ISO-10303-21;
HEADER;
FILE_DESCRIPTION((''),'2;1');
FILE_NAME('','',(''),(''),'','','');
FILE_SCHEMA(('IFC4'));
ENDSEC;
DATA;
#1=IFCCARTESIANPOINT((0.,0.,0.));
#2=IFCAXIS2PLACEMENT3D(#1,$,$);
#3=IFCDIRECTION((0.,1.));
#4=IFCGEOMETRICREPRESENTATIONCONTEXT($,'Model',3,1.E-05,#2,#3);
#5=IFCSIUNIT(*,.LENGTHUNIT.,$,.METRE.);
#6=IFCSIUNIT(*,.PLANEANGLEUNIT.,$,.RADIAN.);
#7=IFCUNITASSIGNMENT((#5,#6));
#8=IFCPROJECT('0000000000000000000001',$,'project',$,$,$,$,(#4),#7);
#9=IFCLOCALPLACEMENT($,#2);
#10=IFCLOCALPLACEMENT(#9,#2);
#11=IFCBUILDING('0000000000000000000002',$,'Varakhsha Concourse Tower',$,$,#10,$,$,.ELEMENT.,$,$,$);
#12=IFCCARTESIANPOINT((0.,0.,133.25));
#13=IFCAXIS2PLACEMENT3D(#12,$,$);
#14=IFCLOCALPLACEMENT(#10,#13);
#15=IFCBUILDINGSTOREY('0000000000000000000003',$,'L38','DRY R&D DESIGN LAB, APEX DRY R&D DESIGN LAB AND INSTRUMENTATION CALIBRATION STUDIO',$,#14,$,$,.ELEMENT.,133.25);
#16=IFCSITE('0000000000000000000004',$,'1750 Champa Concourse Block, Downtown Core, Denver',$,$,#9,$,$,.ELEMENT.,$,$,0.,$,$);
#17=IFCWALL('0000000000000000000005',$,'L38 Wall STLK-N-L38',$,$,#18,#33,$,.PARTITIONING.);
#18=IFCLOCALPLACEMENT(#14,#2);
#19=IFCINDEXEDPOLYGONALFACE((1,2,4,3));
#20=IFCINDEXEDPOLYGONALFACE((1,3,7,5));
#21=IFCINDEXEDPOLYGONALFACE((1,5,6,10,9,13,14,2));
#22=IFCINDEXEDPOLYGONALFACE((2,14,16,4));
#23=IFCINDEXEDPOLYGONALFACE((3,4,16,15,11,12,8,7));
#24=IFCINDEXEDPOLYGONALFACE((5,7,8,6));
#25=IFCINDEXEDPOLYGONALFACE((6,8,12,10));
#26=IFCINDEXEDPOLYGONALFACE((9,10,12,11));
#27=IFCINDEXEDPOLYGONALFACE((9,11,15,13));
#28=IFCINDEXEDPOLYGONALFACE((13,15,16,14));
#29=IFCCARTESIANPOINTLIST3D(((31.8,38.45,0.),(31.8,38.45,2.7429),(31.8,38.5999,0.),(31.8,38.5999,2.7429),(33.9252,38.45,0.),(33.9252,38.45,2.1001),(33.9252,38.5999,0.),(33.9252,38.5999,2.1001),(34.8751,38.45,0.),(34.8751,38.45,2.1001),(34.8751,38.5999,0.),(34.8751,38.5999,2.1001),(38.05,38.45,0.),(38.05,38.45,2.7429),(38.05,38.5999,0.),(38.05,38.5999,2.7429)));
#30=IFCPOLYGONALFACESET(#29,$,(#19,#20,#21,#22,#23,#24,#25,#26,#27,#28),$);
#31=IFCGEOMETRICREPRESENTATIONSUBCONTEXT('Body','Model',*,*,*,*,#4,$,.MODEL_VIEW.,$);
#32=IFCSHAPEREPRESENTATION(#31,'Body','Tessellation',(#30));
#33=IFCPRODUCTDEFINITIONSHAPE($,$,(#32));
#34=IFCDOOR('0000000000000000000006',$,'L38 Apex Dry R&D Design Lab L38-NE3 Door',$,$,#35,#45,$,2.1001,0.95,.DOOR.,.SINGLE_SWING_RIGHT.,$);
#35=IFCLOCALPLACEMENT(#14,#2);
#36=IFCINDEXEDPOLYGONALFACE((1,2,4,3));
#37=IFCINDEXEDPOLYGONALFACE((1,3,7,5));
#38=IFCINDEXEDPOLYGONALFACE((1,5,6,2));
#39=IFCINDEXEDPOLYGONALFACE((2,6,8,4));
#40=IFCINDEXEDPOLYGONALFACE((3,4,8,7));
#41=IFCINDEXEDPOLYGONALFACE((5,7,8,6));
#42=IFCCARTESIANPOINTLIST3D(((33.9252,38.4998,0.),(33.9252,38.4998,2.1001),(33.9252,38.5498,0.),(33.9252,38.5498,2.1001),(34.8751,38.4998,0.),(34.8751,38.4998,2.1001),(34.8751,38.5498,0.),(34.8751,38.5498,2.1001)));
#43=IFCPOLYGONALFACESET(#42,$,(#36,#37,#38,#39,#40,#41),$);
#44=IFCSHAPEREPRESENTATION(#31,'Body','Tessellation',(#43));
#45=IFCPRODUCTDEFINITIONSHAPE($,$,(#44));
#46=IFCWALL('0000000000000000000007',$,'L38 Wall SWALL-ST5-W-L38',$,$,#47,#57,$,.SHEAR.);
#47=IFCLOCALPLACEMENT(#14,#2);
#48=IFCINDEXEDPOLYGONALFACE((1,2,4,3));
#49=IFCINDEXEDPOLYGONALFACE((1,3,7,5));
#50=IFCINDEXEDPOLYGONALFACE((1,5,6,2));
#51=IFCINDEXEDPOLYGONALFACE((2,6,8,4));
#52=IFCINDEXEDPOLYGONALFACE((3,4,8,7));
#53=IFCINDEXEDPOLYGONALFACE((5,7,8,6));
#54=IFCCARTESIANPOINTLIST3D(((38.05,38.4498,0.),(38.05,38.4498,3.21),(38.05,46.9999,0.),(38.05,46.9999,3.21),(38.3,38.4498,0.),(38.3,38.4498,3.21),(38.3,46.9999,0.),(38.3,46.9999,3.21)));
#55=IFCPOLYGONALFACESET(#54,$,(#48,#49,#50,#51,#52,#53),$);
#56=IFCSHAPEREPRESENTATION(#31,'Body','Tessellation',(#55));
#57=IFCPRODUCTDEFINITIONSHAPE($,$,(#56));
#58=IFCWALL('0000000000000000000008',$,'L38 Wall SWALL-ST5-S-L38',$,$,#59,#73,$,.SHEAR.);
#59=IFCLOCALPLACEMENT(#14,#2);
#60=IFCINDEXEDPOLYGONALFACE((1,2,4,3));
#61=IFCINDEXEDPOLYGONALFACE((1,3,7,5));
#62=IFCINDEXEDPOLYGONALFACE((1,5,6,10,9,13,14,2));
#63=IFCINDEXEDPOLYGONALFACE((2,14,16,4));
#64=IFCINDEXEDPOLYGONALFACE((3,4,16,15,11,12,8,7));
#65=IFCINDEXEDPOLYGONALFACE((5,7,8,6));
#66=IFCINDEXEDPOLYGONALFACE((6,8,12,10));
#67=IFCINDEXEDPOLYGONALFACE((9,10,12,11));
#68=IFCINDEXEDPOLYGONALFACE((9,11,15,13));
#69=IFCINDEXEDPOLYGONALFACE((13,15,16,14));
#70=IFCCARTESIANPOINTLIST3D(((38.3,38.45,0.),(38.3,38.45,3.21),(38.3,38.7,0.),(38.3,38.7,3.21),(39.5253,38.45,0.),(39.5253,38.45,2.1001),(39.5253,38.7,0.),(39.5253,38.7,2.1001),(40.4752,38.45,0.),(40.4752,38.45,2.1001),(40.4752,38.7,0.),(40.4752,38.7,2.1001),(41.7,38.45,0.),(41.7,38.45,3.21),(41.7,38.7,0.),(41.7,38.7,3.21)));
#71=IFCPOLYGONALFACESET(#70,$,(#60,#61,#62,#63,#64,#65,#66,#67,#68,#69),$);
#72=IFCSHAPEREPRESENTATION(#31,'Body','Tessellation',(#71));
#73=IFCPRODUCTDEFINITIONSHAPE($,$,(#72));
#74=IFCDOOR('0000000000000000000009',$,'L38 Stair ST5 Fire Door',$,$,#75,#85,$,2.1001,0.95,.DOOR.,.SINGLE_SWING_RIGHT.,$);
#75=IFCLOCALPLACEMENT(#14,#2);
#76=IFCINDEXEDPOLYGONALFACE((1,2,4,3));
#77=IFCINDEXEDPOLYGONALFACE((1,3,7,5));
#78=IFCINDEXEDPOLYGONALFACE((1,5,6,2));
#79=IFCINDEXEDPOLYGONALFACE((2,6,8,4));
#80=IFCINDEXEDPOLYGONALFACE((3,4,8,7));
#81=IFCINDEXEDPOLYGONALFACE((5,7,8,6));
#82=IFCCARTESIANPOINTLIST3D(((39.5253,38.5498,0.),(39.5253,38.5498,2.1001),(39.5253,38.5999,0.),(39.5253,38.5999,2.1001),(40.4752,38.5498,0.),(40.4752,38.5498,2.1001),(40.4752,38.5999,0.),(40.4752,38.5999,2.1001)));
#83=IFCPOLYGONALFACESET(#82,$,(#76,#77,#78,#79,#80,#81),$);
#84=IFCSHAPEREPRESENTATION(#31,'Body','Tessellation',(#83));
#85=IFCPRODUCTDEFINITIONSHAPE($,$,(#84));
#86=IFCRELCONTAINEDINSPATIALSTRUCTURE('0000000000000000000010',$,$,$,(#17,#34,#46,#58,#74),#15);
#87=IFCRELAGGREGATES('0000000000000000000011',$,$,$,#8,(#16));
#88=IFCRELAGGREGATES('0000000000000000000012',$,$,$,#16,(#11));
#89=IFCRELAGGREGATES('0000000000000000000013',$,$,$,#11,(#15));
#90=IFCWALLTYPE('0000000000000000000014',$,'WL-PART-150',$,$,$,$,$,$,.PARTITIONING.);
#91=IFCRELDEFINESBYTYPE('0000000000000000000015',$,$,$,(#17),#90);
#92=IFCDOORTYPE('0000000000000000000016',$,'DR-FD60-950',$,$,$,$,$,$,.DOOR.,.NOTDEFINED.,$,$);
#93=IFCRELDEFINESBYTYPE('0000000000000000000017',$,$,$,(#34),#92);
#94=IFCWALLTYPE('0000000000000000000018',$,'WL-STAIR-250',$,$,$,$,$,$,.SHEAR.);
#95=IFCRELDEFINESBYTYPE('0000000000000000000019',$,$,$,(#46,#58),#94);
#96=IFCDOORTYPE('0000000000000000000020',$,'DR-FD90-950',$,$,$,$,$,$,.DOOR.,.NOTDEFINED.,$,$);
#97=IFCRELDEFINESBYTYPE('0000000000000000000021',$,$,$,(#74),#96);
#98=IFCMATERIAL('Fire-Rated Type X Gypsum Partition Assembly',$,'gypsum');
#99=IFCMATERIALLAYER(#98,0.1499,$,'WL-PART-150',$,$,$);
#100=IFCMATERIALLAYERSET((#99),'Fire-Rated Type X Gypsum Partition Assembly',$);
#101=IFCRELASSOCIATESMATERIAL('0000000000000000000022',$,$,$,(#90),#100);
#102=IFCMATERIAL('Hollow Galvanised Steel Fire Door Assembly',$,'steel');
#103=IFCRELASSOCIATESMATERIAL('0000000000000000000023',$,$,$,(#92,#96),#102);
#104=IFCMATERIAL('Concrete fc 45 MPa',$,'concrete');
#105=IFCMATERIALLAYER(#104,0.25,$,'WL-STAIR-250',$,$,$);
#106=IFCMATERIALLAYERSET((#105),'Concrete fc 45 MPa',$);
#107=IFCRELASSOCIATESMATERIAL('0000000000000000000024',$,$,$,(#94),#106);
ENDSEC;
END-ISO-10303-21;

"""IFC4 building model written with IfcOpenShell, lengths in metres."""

from ifc_helpers import new_model, si_unit, direction, frame, frame_2d, origin, place, context, subcontext, project, spatial, rectangle, extrude, material, layer, layer_set, type_object, element, fill, save


model = new_model("IFC4")

# Units and contexts
model_context = context("Model", 3, precision=1e-05, world=origin(), true_north=direction((0.0, 1.0)))
body_context = subcontext(model_context, "Body", "Model", "MODEL_VIEW")
ifc_project = project(units=[si_unit("LENGTHUNIT", "METRE"), si_unit("PLANEANGLEUNIT", "RADIAN")], contexts=[model_context])

# Site, building, storey
site_placement = place(None, origin())
site = spatial("IfcSite", under=ifc_project, at=site_placement, Name="1750 Champa Concourse Block, Downtown Core, Denver", CompositionType="ELEMENT", RefElevation=0.0)
building_placement = place(site_placement, origin())
building = spatial("IfcBuilding", under=site, at=building_placement, Name="Varakhsha Concourse Tower", CompositionType="ELEMENT")
storey_placement = place(building_placement, frame((0.0, 0.0, 133.25)))
storey = spatial("IfcBuildingStorey", under=building, at=storey_placement, Name="L38", Description="DRY R&D DESIGN LAB, APEX DRY R&D DESIGN LAB AND INSTRUMENTATION CALIBRATION STUDIO", CompositionType="ELEMENT", Elevation=133.25)

# Shared definitions
ifc_material_1 = material(Name="Concrete fc 45 MPa", Category="concrete")
ifc_material_2 = material(Name="Fire-Rated Type X Gypsum Partition Assembly", Category="gypsum")
ifc_layer_1 = layer(ifc_material_2, 0.1499, Name="WL-PART-150")
ifc_layer_set_1 = layer_set([ifc_layer_1], Name="Fire-Rated Type X Gypsum Partition Assembly")
wall_type_1 = type_object("IfcWallType", Name="WL-PART-150", PredefinedType="PARTITIONING", material=ifc_layer_set_1)

# Wall, opening, door
wall_1_placement = place(storey_placement, frame((31.8, 38.5249, 0.0), z_axis=(0.0, 0.0, 1.0), x_axis=(1.0, 0.0, 0.0)))
wall_1 = element("IfcWall", 1, at=wall_1_placement, inside=storey, type_object=wall_type_1, Name="L38 Wall STLK-N-L38", PredefinedType="PARTITIONING", context=body_context, shape_type="SweptSolid", body=[
    extrude(rectangle(XDim=6.25, YDim=0.1499, at=frame_2d((3.125, 0.0))), origin(), (0.0, 0.0, 1.0), 2.7429),
])
opening_1_placement = place(wall_1_placement, frame((2.125, 0.0, 0.0)))
opening_1 = element("IfcOpeningElement", 2, at=opening_1_placement, cuts=wall_1, PredefinedType="OPENING", context=body_context, shape_type="SweptSolid", body=[
    extrude(rectangle(XDim=0.95, YDim=2.1001, at=frame_2d((0.4751, 1.05))), frame((0.0, 0.085, 0.0), z_axis=(0.0, -1.0, 0.0), x_axis=(1.0, 0.0, 0.0)), (0.0, 0.0, 1.0), 0.1699),
])
ifc_material_3 = material(Name="Hollow Galvanised Steel Fire Door Assembly", Category="steel")
door_type_1 = type_object("IfcDoorType", Name="DR-FD60-950", OperationType="NOTDEFINED", PredefinedType="DOOR", material=ifc_material_3)
door_1_placement = place(opening_1_placement, origin())
door_1 = element("IfcDoor", 3, at=door_1_placement, inside=storey, type_object=door_type_1, Name="L38 Apex Dry R&D Design Lab L38-NE3 Door", OperationType="SINGLE_SWING_RIGHT", OverallHeight=2.1001, OverallWidth=0.95, PredefinedType="DOOR", context=body_context, shape_type="SweptSolid", body=[
    extrude(rectangle(XDim=0.95, YDim=2.1001, at=frame_2d((0.4751, 1.05))), frame((0.0, 0.0249, 0.0), z_axis=(0.0, -1.0, 0.0), x_axis=(1.0, 0.0, 0.0)), (0.0, 0.0, 1.0), 0.05),
])
fill(opening_1, door_1)

# Wall
ifc_layer_2 = layer(ifc_material_1, 0.25, Name="WL-STAIR-250")
ifc_layer_set_2 = layer_set([ifc_layer_2], Name="Concrete fc 45 MPa")
wall_type_2 = type_object("IfcWallType", Name="WL-STAIR-250", PredefinedType="SHEAR", material=ifc_layer_set_2)
wall_2_placement = place(storey_placement, frame((38.175, 38.45, 0.0), z_axis=(0.0, 0.0, 1.0), x_axis=(0.0, 1.0, 0.0)))
element("IfcWall", 4, at=wall_2_placement, inside=storey, type_object=wall_type_2, Name="L38 Wall SWALL-ST5-W-L38", PredefinedType="SHEAR", context=body_context, shape_type="SweptSolid", body=[
    extrude(rectangle(XDim=8.55, YDim=0.25, at=frame_2d((4.2749, 0.0))), origin(), (0.0, 0.0, 1.0), 3.21),
])

# Wall, opening, door
wall_3_placement = place(storey_placement, frame((38.3, 38.575, 0.0), z_axis=(0.0, 0.0, 1.0), x_axis=(1.0, 0.0, 0.0)))
wall_3 = element("IfcWall", 5, at=wall_3_placement, inside=storey, type_object=wall_type_2, Name="L38 Wall SWALL-ST5-S-L38", PredefinedType="SHEAR", context=body_context, shape_type="SweptSolid", body=[
    extrude(rectangle(XDim=3.3999, YDim=0.25, at=frame_2d((1.7, 0.0))), origin(), (0.0, 0.0, 1.0), 3.21),
])
opening_2_placement = place(wall_3_placement, frame((1.2251, 0.0, 0.0)))
opening_2 = element("IfcOpeningElement", 6, at=opening_2_placement, cuts=wall_3, PredefinedType="OPENING", context=body_context, shape_type="SweptSolid", body=[
    extrude(rectangle(XDim=0.95, YDim=2.1001, at=frame_2d((0.4751, 1.05))), frame((0.0, 0.135, 0.0), z_axis=(0.0, -1.0, 0.0), x_axis=(1.0, 0.0, 0.0)), (0.0, 0.0, 1.0), 0.27),
])
door_type_2 = type_object("IfcDoorType", Name="DR-FD90-950", OperationType="NOTDEFINED", PredefinedType="DOOR", material=ifc_material_3)
door_2_placement = place(opening_2_placement, origin())
door_2 = element("IfcDoor", 7, at=door_2_placement, inside=storey, type_object=door_type_2, Name="L38 Stair ST5 Fire Door", OperationType="SINGLE_SWING_RIGHT", OverallHeight=2.1001, OverallWidth=0.95, PredefinedType="DOOR", context=body_context, shape_type="SweptSolid", body=[
    extrude(rectangle(XDim=0.95, YDim=2.1001, at=frame_2d((0.4751, 1.05))), frame((0.0, 0.0249, 0.0), z_axis=(0.0, -1.0, 0.0), x_axis=(1.0, 0.0, 0.0)), (0.0, 0.0, 1.0), 0.05),
])
fill(opening_2, door_2)

save(model, "model.ifc")
